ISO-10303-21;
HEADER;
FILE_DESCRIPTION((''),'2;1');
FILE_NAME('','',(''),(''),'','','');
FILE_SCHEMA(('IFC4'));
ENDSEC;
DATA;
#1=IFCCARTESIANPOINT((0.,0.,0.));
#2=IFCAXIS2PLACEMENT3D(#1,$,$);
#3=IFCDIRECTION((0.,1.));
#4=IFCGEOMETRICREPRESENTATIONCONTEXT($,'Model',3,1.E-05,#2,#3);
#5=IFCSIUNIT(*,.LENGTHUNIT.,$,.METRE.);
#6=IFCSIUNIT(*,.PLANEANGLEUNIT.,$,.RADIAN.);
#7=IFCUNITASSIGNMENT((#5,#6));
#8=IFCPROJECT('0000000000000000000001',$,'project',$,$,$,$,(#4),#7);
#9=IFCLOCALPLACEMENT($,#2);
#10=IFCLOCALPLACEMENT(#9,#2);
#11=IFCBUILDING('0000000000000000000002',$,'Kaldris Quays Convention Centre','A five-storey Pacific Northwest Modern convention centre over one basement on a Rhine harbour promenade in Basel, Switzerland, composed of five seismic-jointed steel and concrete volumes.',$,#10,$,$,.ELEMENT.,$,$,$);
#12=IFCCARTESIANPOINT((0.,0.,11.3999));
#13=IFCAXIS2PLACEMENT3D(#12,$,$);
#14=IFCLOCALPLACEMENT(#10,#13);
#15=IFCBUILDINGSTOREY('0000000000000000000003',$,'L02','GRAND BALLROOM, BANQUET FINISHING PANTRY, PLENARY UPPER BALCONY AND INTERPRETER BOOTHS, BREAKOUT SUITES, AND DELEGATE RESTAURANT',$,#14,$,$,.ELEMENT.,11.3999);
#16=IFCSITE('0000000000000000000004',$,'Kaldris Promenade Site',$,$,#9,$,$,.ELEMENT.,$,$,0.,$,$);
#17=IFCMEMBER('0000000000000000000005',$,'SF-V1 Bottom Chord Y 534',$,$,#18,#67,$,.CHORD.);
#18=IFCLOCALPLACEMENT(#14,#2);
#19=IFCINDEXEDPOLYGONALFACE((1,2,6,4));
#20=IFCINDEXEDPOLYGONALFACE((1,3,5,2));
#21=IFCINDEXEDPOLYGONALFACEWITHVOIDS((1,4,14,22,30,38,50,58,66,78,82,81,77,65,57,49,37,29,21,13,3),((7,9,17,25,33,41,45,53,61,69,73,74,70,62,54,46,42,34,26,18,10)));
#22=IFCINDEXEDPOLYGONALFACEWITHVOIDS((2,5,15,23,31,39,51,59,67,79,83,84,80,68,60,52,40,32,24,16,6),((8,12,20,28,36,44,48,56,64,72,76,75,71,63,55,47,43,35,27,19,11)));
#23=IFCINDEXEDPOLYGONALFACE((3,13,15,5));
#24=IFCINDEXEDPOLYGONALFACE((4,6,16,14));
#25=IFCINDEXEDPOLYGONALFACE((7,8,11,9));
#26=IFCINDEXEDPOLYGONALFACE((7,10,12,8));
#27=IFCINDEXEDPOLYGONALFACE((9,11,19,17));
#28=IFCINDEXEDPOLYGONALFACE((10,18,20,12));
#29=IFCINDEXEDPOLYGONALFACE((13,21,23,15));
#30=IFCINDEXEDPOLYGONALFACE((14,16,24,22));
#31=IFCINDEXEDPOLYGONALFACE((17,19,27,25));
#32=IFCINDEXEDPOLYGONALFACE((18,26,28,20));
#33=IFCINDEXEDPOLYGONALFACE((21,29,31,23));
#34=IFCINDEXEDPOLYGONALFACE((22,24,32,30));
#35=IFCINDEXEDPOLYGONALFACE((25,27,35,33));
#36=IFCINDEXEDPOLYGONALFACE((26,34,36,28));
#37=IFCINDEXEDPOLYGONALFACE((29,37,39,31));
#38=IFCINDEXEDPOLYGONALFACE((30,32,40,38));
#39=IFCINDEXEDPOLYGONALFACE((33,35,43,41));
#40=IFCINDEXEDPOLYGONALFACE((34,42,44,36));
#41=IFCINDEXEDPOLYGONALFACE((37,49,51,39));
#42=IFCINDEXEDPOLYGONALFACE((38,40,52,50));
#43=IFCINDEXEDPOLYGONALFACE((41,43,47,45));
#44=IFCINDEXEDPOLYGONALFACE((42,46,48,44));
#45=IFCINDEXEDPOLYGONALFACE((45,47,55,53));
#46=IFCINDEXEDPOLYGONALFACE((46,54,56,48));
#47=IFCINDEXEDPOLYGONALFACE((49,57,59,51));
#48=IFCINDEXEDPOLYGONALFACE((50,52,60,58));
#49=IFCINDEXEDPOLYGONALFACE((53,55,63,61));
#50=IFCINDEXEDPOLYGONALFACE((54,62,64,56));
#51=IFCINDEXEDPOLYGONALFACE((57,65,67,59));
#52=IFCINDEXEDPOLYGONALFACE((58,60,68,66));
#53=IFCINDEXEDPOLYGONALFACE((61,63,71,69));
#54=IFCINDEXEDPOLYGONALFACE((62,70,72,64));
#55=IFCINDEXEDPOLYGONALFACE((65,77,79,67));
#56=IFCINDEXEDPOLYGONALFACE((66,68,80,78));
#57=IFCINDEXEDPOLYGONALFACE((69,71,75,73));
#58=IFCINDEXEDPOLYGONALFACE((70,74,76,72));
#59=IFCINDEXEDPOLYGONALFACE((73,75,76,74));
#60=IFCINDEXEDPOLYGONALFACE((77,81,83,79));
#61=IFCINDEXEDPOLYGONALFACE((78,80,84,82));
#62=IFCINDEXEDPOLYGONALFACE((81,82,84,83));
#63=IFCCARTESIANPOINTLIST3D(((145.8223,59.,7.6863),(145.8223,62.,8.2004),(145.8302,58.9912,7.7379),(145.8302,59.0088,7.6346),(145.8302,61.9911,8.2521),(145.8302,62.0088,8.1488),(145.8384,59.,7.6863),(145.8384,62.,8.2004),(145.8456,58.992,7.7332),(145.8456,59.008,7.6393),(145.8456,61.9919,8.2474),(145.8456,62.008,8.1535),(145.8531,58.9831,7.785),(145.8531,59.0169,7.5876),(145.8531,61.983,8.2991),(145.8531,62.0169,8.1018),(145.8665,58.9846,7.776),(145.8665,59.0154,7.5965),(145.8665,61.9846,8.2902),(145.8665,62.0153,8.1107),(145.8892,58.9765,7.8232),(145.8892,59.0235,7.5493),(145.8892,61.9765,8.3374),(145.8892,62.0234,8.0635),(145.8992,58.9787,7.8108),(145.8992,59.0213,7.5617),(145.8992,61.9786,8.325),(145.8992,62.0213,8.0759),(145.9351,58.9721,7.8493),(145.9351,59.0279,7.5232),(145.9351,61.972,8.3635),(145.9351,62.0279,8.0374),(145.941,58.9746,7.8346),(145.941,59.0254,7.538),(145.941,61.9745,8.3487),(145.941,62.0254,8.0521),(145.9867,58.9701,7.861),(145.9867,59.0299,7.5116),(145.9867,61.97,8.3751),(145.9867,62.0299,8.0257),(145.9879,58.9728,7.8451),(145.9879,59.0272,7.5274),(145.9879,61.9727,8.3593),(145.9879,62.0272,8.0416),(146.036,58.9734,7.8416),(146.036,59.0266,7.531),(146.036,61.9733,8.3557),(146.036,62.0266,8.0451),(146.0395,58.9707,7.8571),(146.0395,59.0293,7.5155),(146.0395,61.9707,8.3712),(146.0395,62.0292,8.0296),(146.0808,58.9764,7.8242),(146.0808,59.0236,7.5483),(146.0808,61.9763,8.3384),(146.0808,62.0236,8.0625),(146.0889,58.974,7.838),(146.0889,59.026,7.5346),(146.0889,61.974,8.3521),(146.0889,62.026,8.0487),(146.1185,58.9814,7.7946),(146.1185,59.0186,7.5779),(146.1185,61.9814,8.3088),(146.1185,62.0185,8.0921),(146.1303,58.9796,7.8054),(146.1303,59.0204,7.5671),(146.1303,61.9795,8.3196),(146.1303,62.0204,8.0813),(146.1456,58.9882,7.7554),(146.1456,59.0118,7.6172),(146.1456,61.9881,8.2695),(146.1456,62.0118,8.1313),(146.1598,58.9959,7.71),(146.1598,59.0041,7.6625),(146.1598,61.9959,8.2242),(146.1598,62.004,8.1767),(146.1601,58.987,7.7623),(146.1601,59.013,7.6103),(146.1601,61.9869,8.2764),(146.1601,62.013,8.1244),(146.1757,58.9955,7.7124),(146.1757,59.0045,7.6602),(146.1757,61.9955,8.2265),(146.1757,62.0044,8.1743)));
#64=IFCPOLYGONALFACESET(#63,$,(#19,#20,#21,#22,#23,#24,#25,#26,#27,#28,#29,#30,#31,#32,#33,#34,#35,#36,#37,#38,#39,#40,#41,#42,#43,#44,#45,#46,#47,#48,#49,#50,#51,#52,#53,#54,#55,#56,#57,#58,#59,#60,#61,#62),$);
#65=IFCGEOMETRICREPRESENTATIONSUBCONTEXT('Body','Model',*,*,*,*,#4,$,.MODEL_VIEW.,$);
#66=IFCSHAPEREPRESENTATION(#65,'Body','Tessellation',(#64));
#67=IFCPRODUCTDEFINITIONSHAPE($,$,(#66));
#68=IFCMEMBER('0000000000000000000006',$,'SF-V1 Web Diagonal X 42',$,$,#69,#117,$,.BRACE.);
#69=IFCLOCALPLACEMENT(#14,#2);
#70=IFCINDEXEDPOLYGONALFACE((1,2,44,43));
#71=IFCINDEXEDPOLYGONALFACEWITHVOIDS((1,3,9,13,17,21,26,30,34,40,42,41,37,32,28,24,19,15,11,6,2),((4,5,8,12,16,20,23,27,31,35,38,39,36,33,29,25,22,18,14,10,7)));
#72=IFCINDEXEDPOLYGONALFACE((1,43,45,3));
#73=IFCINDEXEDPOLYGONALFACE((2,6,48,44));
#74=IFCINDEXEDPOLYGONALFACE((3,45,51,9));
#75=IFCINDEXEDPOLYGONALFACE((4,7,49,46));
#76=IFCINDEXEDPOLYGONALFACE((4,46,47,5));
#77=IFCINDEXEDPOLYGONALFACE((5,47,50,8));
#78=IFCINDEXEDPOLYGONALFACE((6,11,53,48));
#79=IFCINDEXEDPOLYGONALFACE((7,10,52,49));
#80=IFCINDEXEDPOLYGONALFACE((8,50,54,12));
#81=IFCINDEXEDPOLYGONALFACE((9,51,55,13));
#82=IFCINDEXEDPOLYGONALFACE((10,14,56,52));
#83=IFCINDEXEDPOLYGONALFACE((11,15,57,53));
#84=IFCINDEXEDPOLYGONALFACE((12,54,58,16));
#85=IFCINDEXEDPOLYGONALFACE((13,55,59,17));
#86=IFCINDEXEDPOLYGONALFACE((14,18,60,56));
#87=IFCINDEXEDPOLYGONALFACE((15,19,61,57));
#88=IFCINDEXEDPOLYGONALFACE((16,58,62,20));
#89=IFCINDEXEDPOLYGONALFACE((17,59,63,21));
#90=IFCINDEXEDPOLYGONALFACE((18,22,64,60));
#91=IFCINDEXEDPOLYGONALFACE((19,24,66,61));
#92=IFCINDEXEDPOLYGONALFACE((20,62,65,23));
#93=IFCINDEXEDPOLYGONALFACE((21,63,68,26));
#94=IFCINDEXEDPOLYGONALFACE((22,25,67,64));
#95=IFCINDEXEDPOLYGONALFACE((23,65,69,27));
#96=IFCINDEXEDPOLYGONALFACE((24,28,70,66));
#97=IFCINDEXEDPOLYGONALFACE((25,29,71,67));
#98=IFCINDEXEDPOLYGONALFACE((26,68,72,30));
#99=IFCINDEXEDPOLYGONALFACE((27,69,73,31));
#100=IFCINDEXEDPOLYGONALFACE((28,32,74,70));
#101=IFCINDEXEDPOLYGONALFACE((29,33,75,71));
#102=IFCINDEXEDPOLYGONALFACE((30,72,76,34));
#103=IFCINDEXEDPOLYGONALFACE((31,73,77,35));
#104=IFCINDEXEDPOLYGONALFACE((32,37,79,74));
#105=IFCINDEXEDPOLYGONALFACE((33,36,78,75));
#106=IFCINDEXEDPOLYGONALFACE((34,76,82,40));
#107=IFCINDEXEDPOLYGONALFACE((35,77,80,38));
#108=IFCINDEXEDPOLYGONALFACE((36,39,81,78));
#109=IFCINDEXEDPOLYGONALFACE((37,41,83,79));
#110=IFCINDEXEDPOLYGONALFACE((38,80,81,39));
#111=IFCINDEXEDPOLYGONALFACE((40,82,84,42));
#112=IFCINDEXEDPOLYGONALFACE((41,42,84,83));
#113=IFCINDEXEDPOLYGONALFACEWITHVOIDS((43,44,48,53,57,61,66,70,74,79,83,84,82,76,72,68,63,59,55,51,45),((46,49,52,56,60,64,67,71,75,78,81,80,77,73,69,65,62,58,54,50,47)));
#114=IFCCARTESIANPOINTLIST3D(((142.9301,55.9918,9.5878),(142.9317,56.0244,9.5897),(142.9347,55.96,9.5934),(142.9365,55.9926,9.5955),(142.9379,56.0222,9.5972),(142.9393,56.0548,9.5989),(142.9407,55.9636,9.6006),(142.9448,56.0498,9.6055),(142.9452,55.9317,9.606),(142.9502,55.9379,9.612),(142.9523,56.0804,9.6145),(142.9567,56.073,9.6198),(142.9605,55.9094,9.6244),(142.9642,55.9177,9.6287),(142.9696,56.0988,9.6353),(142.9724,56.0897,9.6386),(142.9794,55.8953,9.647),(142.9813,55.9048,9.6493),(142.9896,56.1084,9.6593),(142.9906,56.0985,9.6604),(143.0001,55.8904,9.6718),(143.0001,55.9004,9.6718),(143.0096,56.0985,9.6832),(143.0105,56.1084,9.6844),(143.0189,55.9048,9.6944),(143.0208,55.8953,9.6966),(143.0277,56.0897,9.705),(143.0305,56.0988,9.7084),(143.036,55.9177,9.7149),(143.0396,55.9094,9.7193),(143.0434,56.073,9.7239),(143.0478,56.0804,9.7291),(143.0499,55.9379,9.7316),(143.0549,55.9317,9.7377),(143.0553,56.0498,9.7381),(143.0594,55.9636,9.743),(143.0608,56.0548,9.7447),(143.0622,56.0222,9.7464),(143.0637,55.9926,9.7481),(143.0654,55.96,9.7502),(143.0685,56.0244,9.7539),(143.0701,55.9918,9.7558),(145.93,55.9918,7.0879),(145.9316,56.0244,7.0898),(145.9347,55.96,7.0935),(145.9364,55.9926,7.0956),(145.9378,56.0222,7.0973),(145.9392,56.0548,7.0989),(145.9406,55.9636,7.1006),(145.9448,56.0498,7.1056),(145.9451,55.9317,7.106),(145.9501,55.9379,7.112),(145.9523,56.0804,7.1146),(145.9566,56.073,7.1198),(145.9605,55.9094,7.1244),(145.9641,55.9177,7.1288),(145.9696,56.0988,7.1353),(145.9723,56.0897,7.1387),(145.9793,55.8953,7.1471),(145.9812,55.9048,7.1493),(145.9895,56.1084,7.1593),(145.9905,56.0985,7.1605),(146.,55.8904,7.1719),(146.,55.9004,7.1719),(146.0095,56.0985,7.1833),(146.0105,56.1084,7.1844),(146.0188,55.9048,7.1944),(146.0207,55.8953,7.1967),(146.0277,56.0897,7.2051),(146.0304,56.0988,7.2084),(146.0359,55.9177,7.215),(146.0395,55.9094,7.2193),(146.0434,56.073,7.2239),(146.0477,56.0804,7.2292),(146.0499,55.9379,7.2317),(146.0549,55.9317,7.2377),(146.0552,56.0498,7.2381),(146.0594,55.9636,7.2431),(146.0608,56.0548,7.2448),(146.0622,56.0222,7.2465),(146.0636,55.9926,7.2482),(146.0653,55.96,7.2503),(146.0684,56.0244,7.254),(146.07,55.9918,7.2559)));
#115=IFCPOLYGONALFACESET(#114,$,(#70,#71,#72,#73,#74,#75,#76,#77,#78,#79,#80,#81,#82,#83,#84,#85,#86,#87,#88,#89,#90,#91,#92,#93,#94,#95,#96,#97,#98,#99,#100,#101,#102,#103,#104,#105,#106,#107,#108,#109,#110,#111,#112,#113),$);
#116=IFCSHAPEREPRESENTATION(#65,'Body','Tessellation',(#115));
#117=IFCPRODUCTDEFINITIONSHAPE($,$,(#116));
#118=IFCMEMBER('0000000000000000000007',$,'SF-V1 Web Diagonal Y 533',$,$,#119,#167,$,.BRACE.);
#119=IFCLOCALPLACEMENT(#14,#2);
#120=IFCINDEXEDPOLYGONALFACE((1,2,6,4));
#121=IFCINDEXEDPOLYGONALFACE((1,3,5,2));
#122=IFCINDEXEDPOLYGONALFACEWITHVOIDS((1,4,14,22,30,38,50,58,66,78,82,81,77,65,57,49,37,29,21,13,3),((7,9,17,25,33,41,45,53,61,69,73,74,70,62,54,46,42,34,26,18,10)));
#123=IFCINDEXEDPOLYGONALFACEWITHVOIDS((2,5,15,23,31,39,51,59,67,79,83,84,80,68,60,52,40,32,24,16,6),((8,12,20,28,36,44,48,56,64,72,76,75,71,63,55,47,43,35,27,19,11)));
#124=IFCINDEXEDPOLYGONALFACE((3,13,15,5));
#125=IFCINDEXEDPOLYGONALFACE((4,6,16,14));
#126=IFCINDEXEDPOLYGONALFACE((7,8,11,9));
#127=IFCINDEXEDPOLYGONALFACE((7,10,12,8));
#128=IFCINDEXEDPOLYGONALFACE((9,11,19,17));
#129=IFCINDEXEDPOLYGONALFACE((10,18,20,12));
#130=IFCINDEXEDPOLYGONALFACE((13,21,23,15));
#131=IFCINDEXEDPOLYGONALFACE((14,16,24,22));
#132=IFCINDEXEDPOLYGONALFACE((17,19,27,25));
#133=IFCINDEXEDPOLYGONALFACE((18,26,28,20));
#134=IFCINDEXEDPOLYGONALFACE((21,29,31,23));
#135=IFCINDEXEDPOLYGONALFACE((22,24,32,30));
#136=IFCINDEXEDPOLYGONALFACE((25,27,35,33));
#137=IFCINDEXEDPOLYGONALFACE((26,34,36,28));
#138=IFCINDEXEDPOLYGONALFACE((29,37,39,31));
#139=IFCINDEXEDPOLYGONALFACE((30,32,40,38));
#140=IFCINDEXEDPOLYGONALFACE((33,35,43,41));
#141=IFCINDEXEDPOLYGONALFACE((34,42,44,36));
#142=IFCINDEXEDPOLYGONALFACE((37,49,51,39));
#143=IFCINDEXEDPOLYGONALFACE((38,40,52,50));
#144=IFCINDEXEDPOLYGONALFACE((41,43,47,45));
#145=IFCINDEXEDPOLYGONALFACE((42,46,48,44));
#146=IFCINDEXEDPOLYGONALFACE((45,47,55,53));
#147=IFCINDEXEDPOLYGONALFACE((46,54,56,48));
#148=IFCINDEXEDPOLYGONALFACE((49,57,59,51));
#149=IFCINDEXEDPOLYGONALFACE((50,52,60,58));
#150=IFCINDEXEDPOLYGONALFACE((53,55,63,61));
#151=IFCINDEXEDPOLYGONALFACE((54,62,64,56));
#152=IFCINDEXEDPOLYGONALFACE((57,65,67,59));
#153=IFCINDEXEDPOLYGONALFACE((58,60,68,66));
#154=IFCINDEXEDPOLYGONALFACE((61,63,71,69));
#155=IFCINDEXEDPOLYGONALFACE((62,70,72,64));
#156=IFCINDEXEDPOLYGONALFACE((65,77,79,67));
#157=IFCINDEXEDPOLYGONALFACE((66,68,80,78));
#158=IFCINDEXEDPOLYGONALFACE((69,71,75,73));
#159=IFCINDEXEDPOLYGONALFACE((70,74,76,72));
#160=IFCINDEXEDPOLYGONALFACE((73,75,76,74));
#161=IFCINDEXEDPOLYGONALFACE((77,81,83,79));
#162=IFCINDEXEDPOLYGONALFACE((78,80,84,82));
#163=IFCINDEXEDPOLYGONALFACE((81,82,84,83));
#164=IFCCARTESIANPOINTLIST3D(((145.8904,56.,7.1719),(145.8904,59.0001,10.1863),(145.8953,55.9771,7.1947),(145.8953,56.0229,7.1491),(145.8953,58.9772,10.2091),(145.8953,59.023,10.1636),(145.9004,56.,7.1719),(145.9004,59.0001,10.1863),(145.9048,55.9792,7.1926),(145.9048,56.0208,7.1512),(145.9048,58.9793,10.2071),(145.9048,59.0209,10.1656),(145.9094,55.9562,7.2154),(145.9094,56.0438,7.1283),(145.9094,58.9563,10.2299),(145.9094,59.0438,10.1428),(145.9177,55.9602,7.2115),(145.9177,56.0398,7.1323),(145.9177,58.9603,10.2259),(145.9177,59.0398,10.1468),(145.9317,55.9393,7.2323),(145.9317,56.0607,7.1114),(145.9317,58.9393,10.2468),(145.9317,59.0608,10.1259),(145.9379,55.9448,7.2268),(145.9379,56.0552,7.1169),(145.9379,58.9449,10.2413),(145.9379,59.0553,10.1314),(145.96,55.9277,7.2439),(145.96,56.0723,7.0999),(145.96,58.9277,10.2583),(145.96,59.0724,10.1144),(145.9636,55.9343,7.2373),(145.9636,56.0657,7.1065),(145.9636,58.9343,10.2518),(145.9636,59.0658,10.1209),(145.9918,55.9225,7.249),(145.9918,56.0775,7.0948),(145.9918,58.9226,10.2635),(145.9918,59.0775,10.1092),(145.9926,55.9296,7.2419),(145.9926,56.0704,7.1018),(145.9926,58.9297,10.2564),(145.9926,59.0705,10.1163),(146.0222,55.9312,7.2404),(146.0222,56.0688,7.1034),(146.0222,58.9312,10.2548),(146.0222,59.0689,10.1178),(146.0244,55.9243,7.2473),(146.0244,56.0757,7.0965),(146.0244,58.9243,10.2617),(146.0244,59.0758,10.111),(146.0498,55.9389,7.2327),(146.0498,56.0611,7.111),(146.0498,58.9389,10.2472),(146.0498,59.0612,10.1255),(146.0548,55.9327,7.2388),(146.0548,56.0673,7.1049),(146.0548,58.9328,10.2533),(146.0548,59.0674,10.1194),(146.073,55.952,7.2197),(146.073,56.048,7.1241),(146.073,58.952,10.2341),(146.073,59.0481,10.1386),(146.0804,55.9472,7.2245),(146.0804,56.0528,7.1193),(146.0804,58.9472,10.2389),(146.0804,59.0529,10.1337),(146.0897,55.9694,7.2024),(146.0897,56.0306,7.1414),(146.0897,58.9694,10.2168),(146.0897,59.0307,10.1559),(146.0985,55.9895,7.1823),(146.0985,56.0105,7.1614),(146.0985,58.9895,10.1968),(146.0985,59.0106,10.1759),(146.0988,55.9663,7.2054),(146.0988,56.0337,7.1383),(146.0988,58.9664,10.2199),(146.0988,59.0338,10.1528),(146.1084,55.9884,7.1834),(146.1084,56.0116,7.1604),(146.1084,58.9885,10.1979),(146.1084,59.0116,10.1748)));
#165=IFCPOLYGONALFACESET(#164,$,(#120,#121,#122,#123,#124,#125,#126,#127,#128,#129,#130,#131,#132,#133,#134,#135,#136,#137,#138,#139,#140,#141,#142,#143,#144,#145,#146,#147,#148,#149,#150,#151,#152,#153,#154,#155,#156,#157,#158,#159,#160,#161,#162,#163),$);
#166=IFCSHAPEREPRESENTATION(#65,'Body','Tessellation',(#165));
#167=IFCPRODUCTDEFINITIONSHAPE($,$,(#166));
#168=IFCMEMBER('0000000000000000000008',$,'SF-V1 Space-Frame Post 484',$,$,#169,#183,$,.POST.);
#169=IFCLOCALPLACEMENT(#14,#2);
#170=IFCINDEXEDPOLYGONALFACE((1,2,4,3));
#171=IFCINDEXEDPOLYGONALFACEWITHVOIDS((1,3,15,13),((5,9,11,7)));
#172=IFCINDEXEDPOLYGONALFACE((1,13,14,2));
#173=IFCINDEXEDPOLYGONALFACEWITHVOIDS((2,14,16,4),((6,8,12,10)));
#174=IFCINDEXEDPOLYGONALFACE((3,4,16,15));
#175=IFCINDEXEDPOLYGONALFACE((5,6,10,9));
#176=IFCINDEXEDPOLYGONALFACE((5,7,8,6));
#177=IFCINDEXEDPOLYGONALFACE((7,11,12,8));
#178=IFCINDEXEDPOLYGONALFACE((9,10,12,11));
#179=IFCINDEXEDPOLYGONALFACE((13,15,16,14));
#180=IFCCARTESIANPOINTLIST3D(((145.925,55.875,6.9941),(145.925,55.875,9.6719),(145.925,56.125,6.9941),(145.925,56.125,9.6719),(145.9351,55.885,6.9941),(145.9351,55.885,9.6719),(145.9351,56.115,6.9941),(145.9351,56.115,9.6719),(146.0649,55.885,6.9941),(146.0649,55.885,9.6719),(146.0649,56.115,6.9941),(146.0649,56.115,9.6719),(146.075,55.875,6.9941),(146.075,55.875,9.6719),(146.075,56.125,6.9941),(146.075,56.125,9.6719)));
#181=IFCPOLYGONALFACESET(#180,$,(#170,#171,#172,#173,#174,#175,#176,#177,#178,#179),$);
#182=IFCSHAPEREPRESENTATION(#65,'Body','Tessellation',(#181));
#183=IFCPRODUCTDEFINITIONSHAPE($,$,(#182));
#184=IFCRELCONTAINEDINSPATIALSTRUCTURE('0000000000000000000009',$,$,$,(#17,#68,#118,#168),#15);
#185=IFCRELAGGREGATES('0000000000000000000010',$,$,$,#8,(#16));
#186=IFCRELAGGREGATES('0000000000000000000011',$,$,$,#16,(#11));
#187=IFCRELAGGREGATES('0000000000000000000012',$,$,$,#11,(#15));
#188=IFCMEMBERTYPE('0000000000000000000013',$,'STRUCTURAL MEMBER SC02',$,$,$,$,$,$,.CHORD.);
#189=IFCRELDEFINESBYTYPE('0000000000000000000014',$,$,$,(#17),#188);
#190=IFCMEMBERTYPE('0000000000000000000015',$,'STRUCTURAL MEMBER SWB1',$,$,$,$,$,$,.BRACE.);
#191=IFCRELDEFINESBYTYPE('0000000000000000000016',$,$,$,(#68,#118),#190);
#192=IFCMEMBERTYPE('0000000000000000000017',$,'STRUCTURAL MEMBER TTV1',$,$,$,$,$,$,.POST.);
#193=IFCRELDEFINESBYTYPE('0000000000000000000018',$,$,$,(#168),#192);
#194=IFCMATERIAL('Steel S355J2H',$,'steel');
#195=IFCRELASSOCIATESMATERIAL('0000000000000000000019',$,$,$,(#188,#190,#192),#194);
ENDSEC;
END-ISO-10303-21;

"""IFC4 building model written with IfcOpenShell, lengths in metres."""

from ifc_helpers import new_model, si_unit, direction, frame, origin, origin_2d, place, context, subcontext, project, spatial, hollow_rectangle, hollow_circle, extrude, material, material_profile, profile_set, type_object, element, save


model = new_model("IFC4")

# Units and contexts
model_context = context("Model", 3, precision=1e-05, world=origin(), true_north=direction((0.0, 1.0)))
body_context = subcontext(model_context, "Body", "Model", "MODEL_VIEW")
ifc_project = project(units=[si_unit("LENGTHUNIT", "METRE"), si_unit("PLANEANGLEUNIT", "RADIAN")], contexts=[model_context])

# Site, building, storey
site_placement = place(None, origin())
site = spatial("IfcSite", under=ifc_project, at=site_placement, Name="Kaldris Promenade Site", CompositionType="ELEMENT", RefElevation=0.0)
building_placement = place(site_placement, origin())
building = spatial("IfcBuilding", under=site, at=building_placement, Name="Kaldris Quays Convention Centre", Description="A five-storey Pacific Northwest Modern convention centre over one basement on a Rhine harbour promenade in Basel, Switzerland, composed of five seismic-jointed steel and concrete volumes.", CompositionType="ELEMENT")
storey_placement = place(building_placement, frame((0.0, 0.0, 11.3999)))
storey = spatial("IfcBuildingStorey", under=building, at=storey_placement, Name="L02", Description="GRAND BALLROOM, BANQUET FINISHING PANTRY, PLENARY UPPER BALCONY AND INTERPRETER BOOTHS, BREAKOUT SUITES, AND DELEGATE RESTAURANT", CompositionType="ELEMENT", Elevation=11.3999)

# Members
ifc_material_1 = material(Name="Steel S355J2H", Category="steel")
ifc_material_profile_1 = material_profile(ifc_material_1, hollow_circle(Radius=0.1777, WallThickness=0.0161, at=origin_2d()), Name="CHS 355.6x16")
ifc_profile_set_1 = profile_set([ifc_material_profile_1], Name="Steel S355J2H")
member_type_1 = type_object("IfcMemberType", Name="STRUCTURAL MEMBER SC02", PredefinedType="CHORD", material=ifc_profile_set_1)
for number, where, z_axis, x_axis, name in (
    (1, (146.0, 59.0, 7.6863), (0.0, 0.985629, 0.168924), (-1.0, 0.0, 0.0), "SF-V1 Bottom Chord Y 534"),
):
    element("IfcMember", number, at=place(storey_placement, frame(where, z_axis=z_axis, x_axis=x_axis)), inside=storey, type_object=member_type_1, Name=name, PredefinedType="CHORD", context=body_context, shape_type="SweptSolid", body=[
        extrude(hollow_circle(Radius=0.1777, WallThickness=0.0161, at=origin_2d()), origin(), (0.0, 0.0, 1.0), 3.0437),
    ])
ifc_material_profile_2 = material_profile(ifc_material_1, hollow_circle(Radius=0.1096, WallThickness=0.01, at=origin_2d()), Name="CHS 219.1x10")
ifc_profile_set_2 = profile_set([ifc_material_profile_2], Name="Steel S355J2H")
member_type_2 = type_object("IfcMemberType", Name="STRUCTURAL MEMBER SWB1", PredefinedType="BRACE", material=ifc_profile_set_2)
member_1_placement = place(storey_placement, frame((146.0, 56.0, 7.1719), z_axis=(-0.768221, 0.0, 0.640184), x_axis=(0.0, -1.0, 0.0)))
element("IfcMember", 2, at=member_1_placement, inside=storey, type_object=member_type_2, Name="SF-V1 Web Diagonal X 42", PredefinedType="BRACE", context=body_context, shape_type="SweptSolid", body=[
    extrude(hollow_circle(Radius=0.1096, WallThickness=0.01, at=origin_2d()), origin(), (0.0, 0.0, 1.0), 3.905),
])
member_2_placement = place(storey_placement, frame((146.0, 56.0, 7.1719), z_axis=(0.0, 0.705411, 0.708798), x_axis=(-1.0, 0.0, 0.0)))
element("IfcMember", 3, at=member_2_placement, inside=storey, type_object=member_type_2, Name="SF-V1 Web Diagonal Y 533", PredefinedType="BRACE", context=body_context, shape_type="SweptSolid", body=[
    extrude(hollow_circle(Radius=0.1096, WallThickness=0.01, at=origin_2d()), origin(), (0.0, 0.0, 1.0), 4.2529),
])
ifc_material_profile_3 = material_profile(ifc_material_1, hollow_rectangle(XDim=0.1499, YDim=0.25, WallThickness=0.01, at=origin_2d()), Name="RHS 250x150x10")
ifc_profile_set_3 = profile_set([ifc_material_profile_3], Name="Steel S355J2H")
member_type_3 = type_object("IfcMemberType", Name="STRUCTURAL MEMBER TTV1", PredefinedType="POST", material=ifc_profile_set_3)
member_3_placement = place(storey_placement, frame((146.0, 56.0, 6.9941), z_axis=(0.0, 0.0, 1.0), x_axis=(1.0, 0.0, 0.0)))
element("IfcMember", 4, at=member_3_placement, inside=storey, type_object=member_type_3, Name="SF-V1 Space-Frame Post 484", PredefinedType="POST", context=body_context, shape_type="SweptSolid", body=[
    extrude(hollow_rectangle(XDim=0.1499, YDim=0.25, WallThickness=0.01, at=origin_2d()), origin(), (0.0, 0.0, 1.0), 2.6777),
])

save(model, "model.ifc")
